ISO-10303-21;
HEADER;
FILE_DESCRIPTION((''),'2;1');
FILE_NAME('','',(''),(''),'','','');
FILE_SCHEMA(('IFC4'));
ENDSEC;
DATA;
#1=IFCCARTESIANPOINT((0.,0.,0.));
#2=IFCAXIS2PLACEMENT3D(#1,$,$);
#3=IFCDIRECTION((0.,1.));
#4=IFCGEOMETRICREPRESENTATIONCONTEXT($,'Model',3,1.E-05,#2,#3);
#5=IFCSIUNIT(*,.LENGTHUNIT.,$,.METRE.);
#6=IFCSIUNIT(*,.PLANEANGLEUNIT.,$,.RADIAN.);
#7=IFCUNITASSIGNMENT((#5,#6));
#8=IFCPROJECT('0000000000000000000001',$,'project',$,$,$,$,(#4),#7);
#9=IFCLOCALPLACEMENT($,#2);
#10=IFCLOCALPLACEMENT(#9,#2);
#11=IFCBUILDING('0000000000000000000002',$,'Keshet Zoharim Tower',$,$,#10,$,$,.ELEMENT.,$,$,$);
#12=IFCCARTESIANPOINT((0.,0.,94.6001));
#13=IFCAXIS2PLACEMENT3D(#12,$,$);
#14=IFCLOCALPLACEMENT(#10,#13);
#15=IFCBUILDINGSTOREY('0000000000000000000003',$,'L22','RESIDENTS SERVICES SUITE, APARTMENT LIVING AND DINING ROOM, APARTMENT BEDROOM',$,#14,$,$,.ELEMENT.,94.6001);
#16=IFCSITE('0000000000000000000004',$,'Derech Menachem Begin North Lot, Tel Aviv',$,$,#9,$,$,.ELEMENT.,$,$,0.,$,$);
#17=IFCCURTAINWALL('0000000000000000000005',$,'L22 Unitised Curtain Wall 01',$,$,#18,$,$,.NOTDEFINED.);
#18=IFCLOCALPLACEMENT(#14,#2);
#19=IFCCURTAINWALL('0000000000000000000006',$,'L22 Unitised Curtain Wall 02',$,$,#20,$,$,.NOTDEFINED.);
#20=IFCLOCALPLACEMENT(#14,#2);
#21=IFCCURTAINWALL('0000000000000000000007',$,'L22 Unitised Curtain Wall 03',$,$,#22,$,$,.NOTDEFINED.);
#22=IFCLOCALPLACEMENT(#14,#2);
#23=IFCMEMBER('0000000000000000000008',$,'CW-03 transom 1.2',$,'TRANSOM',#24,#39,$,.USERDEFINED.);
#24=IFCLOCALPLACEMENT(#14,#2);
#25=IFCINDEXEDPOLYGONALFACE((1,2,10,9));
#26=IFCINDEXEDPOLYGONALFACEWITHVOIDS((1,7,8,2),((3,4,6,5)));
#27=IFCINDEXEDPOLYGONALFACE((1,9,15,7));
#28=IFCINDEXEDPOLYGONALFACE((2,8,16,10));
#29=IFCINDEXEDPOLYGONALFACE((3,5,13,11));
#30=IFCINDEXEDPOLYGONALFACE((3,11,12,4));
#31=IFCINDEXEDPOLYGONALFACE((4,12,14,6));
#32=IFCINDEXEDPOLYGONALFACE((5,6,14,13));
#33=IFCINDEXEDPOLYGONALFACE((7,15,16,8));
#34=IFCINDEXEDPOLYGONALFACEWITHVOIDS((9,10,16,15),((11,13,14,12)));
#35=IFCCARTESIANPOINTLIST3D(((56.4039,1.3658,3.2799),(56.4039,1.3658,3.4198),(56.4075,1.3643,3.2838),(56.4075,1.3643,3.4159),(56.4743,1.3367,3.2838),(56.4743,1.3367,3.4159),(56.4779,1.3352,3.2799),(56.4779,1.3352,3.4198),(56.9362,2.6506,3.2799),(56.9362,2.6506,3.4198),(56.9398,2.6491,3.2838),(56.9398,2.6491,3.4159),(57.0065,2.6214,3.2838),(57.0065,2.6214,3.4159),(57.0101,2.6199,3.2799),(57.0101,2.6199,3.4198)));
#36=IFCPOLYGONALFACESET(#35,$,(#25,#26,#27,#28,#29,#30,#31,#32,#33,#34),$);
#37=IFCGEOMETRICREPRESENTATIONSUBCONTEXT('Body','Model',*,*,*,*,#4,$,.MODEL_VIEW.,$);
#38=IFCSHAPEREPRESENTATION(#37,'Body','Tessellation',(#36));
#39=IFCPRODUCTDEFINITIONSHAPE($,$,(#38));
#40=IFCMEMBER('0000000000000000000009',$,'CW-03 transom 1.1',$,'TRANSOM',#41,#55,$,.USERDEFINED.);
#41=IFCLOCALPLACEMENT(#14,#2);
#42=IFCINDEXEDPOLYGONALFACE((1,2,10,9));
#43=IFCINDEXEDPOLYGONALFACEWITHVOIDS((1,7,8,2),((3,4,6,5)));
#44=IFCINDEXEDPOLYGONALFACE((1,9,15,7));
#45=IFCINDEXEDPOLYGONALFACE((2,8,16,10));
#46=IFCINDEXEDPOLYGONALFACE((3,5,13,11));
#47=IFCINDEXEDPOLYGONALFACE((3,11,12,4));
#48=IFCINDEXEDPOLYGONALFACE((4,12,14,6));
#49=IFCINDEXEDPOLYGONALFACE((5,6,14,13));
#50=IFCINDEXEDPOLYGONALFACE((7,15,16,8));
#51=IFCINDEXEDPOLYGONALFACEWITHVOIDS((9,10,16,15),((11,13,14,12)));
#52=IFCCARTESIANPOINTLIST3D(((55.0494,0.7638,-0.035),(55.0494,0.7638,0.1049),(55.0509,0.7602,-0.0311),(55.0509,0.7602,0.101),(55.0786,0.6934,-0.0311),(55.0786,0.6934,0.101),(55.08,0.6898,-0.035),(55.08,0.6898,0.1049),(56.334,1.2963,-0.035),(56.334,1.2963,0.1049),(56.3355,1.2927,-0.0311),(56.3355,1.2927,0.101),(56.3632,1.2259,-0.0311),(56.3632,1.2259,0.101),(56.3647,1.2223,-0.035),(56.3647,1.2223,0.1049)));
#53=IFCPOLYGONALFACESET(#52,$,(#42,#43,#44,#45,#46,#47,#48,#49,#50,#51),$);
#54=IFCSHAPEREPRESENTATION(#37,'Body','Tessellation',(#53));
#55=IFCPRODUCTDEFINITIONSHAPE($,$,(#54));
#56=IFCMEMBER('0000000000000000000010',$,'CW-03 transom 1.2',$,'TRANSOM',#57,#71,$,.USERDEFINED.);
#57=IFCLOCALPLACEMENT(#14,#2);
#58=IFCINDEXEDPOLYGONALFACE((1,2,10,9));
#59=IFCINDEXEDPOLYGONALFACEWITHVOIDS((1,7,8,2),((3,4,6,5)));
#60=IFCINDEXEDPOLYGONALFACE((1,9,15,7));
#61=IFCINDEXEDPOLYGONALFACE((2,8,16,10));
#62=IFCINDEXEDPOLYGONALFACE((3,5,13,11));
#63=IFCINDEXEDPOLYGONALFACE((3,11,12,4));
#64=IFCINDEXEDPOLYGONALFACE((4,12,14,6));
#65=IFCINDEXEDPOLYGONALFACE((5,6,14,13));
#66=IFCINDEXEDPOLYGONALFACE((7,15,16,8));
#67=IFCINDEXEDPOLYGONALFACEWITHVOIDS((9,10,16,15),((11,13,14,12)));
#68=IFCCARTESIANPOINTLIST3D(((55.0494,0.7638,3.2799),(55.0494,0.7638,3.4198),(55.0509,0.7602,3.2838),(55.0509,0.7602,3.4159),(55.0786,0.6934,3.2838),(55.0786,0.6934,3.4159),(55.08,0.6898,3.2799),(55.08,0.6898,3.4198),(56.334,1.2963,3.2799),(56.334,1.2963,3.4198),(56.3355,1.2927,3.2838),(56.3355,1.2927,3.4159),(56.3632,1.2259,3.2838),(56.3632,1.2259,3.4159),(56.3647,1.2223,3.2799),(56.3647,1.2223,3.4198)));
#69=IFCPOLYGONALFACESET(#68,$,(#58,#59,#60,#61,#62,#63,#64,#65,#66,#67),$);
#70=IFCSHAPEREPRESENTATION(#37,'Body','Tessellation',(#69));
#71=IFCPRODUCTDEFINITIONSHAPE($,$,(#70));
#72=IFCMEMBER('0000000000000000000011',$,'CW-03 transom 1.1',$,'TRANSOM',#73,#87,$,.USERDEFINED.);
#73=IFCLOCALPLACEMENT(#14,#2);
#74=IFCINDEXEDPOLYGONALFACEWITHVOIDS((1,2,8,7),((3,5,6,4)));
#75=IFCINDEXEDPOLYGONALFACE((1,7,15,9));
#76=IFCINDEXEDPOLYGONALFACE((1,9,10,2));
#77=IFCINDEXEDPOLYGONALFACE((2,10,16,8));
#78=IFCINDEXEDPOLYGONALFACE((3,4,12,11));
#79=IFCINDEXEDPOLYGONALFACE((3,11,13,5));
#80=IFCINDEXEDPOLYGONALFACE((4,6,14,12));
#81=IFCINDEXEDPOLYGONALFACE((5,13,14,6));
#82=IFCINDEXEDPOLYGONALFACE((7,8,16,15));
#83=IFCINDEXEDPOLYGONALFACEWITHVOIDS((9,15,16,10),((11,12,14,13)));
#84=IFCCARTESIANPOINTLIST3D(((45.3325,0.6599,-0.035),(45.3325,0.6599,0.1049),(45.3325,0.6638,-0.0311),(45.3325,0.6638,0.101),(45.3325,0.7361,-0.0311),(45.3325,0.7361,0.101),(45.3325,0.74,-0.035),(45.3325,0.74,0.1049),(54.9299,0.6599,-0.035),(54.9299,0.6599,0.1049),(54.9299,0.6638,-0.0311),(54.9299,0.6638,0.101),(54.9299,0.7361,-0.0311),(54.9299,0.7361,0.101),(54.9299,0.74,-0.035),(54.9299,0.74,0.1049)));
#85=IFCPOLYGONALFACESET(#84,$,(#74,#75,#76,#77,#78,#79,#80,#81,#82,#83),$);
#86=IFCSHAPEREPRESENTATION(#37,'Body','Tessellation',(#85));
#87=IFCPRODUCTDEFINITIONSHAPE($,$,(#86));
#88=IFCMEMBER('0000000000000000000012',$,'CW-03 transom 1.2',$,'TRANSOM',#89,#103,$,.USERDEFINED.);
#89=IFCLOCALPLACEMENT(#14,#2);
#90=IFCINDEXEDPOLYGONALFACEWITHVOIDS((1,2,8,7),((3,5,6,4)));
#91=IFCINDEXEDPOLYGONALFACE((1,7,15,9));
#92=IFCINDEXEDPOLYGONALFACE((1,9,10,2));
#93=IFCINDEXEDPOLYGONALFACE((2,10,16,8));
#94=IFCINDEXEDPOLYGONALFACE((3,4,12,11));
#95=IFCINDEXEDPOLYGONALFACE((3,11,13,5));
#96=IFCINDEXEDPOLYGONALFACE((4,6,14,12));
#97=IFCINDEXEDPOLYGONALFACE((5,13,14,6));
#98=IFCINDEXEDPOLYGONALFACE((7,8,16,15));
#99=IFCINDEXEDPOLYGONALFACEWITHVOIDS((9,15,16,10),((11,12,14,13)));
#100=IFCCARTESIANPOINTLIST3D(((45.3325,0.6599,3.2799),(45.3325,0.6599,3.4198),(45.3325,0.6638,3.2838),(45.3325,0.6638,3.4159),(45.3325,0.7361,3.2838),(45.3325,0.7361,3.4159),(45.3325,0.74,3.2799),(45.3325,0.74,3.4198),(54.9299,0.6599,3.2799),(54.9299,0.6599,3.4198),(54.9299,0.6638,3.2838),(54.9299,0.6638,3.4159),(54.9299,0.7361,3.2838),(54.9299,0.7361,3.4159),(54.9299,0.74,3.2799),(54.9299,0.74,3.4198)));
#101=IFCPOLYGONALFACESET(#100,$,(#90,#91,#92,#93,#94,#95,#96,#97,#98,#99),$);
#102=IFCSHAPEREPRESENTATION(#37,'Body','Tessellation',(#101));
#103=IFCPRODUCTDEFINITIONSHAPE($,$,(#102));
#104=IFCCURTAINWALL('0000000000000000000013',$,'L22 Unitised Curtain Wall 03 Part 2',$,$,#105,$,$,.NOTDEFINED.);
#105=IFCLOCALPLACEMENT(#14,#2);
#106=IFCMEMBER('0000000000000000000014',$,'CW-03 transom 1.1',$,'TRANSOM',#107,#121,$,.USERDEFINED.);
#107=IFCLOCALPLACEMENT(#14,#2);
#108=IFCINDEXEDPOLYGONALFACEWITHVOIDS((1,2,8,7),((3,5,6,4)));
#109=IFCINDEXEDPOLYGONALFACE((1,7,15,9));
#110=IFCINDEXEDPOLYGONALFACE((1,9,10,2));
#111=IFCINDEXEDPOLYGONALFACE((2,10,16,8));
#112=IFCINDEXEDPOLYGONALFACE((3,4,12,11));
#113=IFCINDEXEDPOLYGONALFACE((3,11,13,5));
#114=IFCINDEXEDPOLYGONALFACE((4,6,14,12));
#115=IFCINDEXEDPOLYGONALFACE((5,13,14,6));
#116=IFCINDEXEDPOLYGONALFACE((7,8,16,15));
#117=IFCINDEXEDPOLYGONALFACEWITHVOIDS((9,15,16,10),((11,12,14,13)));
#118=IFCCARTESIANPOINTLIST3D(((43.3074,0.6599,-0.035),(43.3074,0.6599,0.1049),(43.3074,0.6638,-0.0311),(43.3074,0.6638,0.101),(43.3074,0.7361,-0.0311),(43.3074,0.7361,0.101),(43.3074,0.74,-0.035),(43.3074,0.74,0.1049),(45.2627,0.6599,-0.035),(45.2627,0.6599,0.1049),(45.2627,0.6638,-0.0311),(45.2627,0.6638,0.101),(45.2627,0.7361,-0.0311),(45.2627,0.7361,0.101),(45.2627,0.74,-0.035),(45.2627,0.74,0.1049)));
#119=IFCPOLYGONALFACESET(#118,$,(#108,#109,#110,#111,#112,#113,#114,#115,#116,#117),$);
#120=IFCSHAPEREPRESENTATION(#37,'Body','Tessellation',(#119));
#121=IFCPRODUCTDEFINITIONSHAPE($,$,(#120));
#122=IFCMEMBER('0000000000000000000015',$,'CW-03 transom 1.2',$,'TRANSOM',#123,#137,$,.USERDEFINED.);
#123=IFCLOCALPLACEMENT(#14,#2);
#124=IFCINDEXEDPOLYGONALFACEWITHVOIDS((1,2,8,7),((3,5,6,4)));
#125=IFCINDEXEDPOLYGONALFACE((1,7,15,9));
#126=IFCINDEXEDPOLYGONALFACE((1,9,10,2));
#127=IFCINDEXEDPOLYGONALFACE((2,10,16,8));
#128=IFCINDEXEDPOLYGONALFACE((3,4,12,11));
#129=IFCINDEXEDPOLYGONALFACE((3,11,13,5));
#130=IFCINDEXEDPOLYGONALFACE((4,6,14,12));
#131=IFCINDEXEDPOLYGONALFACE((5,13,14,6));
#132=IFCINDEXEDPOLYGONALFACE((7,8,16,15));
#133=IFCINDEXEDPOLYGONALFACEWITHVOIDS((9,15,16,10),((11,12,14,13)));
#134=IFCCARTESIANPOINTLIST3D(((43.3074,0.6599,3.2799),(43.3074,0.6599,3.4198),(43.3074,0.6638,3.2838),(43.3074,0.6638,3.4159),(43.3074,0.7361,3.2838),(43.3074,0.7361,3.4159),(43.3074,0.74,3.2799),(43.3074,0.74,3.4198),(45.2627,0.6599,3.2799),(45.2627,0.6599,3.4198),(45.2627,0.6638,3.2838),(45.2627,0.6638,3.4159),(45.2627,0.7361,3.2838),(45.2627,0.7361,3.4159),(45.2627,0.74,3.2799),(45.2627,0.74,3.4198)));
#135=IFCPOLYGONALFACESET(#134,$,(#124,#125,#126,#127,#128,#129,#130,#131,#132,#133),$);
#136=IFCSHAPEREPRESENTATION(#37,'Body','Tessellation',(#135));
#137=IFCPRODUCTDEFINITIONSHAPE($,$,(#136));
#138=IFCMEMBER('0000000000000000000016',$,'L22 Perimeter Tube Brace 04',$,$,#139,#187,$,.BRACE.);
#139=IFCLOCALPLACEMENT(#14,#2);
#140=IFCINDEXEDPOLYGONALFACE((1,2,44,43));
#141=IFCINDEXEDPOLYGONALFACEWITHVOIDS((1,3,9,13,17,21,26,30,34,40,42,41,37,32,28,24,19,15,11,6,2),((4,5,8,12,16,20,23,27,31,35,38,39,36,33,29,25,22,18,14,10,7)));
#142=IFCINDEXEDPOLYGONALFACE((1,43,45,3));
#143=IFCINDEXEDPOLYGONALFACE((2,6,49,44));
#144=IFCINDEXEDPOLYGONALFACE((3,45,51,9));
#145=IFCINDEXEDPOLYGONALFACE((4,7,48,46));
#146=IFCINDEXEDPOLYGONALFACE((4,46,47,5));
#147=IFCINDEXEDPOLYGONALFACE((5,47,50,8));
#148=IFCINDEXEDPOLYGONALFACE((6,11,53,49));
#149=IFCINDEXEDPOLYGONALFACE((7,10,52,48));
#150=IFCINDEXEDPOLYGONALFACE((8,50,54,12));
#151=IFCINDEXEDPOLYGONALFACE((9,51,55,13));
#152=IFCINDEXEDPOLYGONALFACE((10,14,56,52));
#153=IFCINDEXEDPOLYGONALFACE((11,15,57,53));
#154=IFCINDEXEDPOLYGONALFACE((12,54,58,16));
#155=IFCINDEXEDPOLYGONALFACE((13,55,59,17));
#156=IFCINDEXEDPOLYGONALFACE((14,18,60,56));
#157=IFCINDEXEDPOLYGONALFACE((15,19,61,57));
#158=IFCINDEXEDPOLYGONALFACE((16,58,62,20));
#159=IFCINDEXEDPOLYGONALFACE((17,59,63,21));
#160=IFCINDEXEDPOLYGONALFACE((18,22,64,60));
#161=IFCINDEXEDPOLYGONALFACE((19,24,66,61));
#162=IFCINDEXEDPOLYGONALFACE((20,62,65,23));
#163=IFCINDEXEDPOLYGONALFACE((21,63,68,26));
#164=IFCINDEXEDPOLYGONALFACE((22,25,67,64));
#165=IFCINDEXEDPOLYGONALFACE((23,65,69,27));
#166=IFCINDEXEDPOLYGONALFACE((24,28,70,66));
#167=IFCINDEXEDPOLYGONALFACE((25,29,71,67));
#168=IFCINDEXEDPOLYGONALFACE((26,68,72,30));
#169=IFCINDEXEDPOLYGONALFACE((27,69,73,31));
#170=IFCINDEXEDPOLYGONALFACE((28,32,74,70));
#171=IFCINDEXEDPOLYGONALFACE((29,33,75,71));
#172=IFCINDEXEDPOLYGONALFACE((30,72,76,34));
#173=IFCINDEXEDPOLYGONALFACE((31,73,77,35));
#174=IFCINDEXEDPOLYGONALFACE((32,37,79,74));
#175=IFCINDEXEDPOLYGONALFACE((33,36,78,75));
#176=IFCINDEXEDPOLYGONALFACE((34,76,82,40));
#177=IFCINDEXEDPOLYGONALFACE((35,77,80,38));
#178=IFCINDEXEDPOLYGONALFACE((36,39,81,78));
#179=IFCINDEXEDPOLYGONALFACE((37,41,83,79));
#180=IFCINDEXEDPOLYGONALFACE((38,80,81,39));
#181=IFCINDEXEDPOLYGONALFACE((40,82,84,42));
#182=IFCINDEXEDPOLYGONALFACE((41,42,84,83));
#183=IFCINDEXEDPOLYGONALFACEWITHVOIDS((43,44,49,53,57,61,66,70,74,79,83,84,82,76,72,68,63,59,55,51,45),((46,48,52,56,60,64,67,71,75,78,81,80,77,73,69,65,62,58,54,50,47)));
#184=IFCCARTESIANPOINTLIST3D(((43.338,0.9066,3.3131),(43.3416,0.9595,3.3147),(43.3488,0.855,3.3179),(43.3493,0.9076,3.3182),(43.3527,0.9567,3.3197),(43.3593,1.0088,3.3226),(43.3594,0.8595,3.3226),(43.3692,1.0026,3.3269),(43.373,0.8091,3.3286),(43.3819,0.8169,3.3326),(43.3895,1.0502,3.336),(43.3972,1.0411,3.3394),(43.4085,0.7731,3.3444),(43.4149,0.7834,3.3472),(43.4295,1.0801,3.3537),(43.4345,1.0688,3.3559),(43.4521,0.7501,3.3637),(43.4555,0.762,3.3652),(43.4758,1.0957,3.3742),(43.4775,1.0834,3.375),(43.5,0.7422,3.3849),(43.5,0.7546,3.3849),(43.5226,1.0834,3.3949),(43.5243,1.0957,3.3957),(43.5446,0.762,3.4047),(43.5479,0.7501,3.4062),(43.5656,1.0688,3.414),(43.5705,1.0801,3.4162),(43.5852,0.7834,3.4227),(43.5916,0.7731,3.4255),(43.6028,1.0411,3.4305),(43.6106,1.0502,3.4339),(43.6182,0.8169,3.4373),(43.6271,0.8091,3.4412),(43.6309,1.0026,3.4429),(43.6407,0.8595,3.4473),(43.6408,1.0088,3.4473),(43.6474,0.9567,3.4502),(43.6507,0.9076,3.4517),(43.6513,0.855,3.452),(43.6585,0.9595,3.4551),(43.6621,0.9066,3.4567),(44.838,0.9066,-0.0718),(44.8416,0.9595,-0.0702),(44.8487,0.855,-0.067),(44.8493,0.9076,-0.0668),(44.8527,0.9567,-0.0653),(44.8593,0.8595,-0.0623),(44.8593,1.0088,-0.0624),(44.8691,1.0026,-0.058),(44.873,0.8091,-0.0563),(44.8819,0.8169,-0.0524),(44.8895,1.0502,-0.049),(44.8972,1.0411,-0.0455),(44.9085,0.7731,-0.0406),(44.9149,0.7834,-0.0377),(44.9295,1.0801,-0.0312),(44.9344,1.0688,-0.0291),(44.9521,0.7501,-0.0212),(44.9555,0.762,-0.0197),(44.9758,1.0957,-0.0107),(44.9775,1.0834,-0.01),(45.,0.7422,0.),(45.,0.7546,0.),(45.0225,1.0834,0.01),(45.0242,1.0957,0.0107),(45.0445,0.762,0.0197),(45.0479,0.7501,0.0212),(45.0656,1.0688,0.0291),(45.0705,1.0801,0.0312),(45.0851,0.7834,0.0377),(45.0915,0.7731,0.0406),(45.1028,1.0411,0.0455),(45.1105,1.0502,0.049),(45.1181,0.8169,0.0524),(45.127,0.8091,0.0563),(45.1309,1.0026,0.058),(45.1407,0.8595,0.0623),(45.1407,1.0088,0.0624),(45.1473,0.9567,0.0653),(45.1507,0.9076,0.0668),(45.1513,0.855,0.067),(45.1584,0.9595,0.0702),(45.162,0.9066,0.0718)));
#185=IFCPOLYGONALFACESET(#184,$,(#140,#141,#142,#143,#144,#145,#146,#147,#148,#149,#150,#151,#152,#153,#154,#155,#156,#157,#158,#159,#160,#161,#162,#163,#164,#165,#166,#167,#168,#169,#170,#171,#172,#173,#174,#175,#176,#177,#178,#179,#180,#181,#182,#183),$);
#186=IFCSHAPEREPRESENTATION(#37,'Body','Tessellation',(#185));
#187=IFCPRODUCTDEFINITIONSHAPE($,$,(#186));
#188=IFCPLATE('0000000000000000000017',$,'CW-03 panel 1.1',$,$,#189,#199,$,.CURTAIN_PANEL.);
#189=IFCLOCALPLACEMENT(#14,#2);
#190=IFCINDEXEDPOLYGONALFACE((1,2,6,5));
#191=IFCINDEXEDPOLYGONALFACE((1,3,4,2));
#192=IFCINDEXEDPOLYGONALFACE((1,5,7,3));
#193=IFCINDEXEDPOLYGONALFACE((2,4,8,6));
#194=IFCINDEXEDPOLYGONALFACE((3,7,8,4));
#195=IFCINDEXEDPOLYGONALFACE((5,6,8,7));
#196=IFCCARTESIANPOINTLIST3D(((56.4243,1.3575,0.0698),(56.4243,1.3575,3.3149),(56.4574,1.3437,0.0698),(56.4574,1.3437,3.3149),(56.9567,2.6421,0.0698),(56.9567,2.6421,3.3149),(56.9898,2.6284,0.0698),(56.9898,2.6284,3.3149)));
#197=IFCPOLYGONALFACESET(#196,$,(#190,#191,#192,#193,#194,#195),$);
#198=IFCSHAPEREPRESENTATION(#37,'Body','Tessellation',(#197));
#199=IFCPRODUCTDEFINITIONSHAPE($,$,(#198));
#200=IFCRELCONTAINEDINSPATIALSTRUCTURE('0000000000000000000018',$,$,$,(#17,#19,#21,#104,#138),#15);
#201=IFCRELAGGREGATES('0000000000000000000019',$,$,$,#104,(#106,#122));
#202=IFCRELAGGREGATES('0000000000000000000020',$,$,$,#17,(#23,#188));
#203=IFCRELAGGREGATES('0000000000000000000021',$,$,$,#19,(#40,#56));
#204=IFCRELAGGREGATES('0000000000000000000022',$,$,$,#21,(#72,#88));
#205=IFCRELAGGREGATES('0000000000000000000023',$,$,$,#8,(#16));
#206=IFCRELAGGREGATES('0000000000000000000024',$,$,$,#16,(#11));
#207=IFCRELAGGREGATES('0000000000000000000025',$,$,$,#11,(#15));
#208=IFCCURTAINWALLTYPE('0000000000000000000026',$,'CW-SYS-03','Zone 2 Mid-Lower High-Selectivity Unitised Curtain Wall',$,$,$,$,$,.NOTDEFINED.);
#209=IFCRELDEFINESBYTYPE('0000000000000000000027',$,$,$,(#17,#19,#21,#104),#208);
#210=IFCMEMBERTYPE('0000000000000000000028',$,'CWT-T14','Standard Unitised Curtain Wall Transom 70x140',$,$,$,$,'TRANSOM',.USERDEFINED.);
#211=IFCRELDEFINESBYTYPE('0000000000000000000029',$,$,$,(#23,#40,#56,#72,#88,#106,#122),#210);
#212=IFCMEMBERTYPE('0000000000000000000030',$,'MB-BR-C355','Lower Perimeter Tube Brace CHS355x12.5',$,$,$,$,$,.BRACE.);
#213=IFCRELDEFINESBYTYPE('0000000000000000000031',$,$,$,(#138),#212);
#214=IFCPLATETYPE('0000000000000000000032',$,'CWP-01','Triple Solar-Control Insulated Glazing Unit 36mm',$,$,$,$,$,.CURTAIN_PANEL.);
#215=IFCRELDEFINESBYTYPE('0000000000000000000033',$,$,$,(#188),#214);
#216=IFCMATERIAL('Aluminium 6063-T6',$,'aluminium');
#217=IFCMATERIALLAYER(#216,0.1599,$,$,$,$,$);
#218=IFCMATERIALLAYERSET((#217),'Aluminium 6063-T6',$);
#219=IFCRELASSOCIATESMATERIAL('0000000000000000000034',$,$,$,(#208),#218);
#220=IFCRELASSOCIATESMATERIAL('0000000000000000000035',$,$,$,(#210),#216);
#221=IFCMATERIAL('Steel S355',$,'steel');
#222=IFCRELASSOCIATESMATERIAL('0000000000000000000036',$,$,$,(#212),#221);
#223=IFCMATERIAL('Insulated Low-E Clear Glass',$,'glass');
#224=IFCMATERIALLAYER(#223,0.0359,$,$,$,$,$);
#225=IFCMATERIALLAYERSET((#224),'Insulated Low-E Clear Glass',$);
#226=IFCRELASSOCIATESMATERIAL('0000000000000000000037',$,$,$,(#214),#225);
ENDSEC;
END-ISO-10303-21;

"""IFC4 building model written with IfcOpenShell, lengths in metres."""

from ifc_helpers import new_model, si_unit, direction, frame, origin, origin_2d, place, context, subcontext, project, spatial, rectangle, hollow_rectangle, hollow_circle, extrude, material, layer, layer_set, material_profile, profile_set, type_object, element, aggregate, save


model = new_model("IFC4")

# Units and contexts
model_context = context("Model", 3, precision=1e-05, world=origin(), true_north=direction((0.0, 1.0)))
body_context = subcontext(model_context, "Body", "Model", "MODEL_VIEW")
ifc_project = project(units=[si_unit("LENGTHUNIT", "METRE"), si_unit("PLANEANGLEUNIT", "RADIAN")], contexts=[model_context])

# Site, building, storey
site_placement = place(None, origin())
site = spatial("IfcSite", under=ifc_project, at=site_placement, Name="Derech Menachem Begin North Lot, Tel Aviv", CompositionType="ELEMENT", RefElevation=0.0)
building_placement = place(site_placement, origin())
building = spatial("IfcBuilding", under=site, at=building_placement, Name="Keshet Zoharim Tower", CompositionType="ELEMENT")
storey_placement = place(building_placement, frame((0.0, 0.0, 94.6001)))
storey = spatial("IfcBuildingStorey", under=building, at=storey_placement, Name="L22", Description="RESIDENTS SERVICES SUITE, APARTMENT LIVING AND DINING ROOM, APARTMENT BEDROOM", CompositionType="ELEMENT", Elevation=94.6001)

# Shared definitions
ifc_material_1 = material(Name="Steel S355", Category="steel")

# Curtain walls
ifc_material_2 = material(Name="Aluminium 6063-T6", Category="aluminium")
ifc_layer_1 = layer(ifc_material_2, 0.1599)
ifc_layer_set_1 = layer_set([ifc_layer_1], Name="Aluminium 6063-T6")
curtain_wall_type = type_object("IfcCurtainWallType", Name="CW-SYS-03", Description="Zone 2 Mid-Lower High-Selectivity Unitised Curtain Wall", PredefinedType="NOTDEFINED", material=ifc_layer_set_1)
curtain_wall_1_placement = place(storey_placement, origin())
curtain_wall_1 = element("IfcCurtainWall", 1, at=curtain_wall_1_placement, inside=storey, type_object=curtain_wall_type, Name="L22 Unitised Curtain Wall 01", PredefinedType="NOTDEFINED")
curtain_wall_2_placement = place(storey_placement, origin())
curtain_wall_2 = element("IfcCurtainWall", 2, at=curtain_wall_2_placement, inside=storey, type_object=curtain_wall_type, Name="L22 Unitised Curtain Wall 02", PredefinedType="NOTDEFINED")
curtain_wall_3_placement = place(storey_placement, origin())
curtain_wall_3 = element("IfcCurtainWall", 3, at=curtain_wall_3_placement, inside=storey, type_object=curtain_wall_type, Name="L22 Unitised Curtain Wall 03", PredefinedType="NOTDEFINED")

# Members
ifc_material_profile_1 = material_profile(ifc_material_2, hollow_rectangle(XDim=0.0801, YDim=0.1399, WallThickness=0.0039, at=origin_2d()), Name="TRN-80x140")
ifc_profile_set_1 = profile_set([ifc_material_profile_1], Name="Aluminium 6063-T6")
member_type_1 = type_object("IfcMemberType", Name="CWT-T14", Description="Standard Unitised Curtain Wall Transom 70x140", ElementType="TRANSOM", PredefinedType="USERDEFINED", material=ifc_profile_set_1)
member_1_placement = place(storey_placement, frame((56.9731, 2.6353, 3.3499), z_axis=(-0.382745, -0.923854, 0.0), x_axis=(0.923854, -0.382745, 0.0)))
member_1 = element("IfcMember", 4, at=member_1_placement, type_object=member_type_1, Name="CW-03 transom 1.2", ObjectType="TRANSOM", PredefinedType="USERDEFINED", context=body_context, shape_type="SweptSolid", body=[
    extrude(hollow_rectangle(XDim=0.0801, YDim=0.1399, WallThickness=0.0039, at=origin_2d()), origin(), (0.0, 0.0, 1.0), 1.3906),
])
member_2_placement = place(storey_placement, frame((56.3494, 1.2593, 0.0349), z_axis=(-0.923792, -0.382894, 0.0), x_axis=(0.382894, -0.923792, 0.0)))
member_2 = element("IfcMember", 5, at=member_2_placement, type_object=member_type_1, Name="CW-03 transom 1.1", ObjectType="TRANSOM", PredefinedType="USERDEFINED", context=body_context, shape_type="SweptSolid", body=[
    extrude(hollow_rectangle(XDim=0.0801, YDim=0.1399, WallThickness=0.0039, at=origin_2d()), origin(), (0.0, 0.0, 1.0), 1.3906),
])
member_3_placement = place(storey_placement, frame((56.3494, 1.2593, 3.3499), z_axis=(-0.923792, -0.382894, 0.0), x_axis=(0.382894, -0.923792, 0.0)))
member_3 = element("IfcMember", 6, at=member_3_placement, type_object=member_type_1, Name="CW-03 transom 1.2", ObjectType="TRANSOM", PredefinedType="USERDEFINED", context=body_context, shape_type="SweptSolid", body=[
    extrude(hollow_rectangle(XDim=0.0801, YDim=0.1399, WallThickness=0.0039, at=origin_2d()), origin(), (0.0, 0.0, 1.0), 1.3906),
])
member_4_placement = place(storey_placement, frame((54.9299, 0.7, 0.0349), z_axis=(-1.0, 0.0, 0.0), x_axis=(0.0, -1.0, 0.0)))
member_4 = element("IfcMember", 7, at=member_4_placement, type_object=member_type_1, Name="CW-03 transom 1.1", ObjectType="TRANSOM", PredefinedType="USERDEFINED", context=body_context, shape_type="SweptSolid", body=[
    extrude(hollow_rectangle(XDim=0.0801, YDim=0.1399, WallThickness=0.0039, at=origin_2d()), origin(), (0.0, 0.0, 1.0), 9.5974),
])
member_5_placement = place(storey_placement, frame((54.9299, 0.7, 3.3499), z_axis=(-1.0, 0.0, 0.0), x_axis=(0.0, -1.0, 0.0)))
member_5 = element("IfcMember", 8, at=member_5_placement, type_object=member_type_1, Name="CW-03 transom 1.2", ObjectType="TRANSOM", PredefinedType="USERDEFINED", context=body_context, shape_type="SweptSolid", body=[
    extrude(hollow_rectangle(XDim=0.0801, YDim=0.1399, WallThickness=0.0039, at=origin_2d()), origin(), (0.0, 0.0, 1.0), 9.5974),
])

# Curtain wall, members
curtain_wall_4_placement = place(storey_placement, origin())
curtain_wall_4 = element("IfcCurtainWall", 9, at=curtain_wall_4_placement, inside=storey, type_object=curtain_wall_type, Name="L22 Unitised Curtain Wall 03 Part 2", PredefinedType="NOTDEFINED")
member_6_placement = place(storey_placement, frame((45.2627, 0.7, 0.0349), z_axis=(-1.0, 0.0, 0.0), x_axis=(0.0, -1.0, 0.0)))
member_6 = element("IfcMember", 10, at=member_6_placement, type_object=member_type_1, Name="CW-03 transom 1.1", ObjectType="TRANSOM", PredefinedType="USERDEFINED", context=body_context, shape_type="SweptSolid", body=[
    extrude(hollow_rectangle(XDim=0.0801, YDim=0.1399, WallThickness=0.0039, at=origin_2d()), origin(), (0.0, 0.0, 1.0), 1.9553),
])
member_7_placement = place(storey_placement, frame((45.2627, 0.7, 3.3499), z_axis=(-1.0, 0.0, 0.0), x_axis=(0.0, -1.0, 0.0)))
member_7 = element("IfcMember", 11, at=member_7_placement, type_object=member_type_1, Name="CW-03 transom 1.2", ObjectType="TRANSOM", PredefinedType="USERDEFINED", context=body_context, shape_type="SweptSolid", body=[
    extrude(hollow_rectangle(XDim=0.0801, YDim=0.1399, WallThickness=0.0039, at=origin_2d()), origin(), (0.0, 0.0, 1.0), 1.9553),
])
aggregate(curtain_wall_4, [member_6, member_7])

# Member
ifc_material_profile_2 = material_profile(ifc_material_1, hollow_circle(Radius=0.1777, WallThickness=0.0125, at=origin_2d()), Name="CHS355x12.5")
ifc_profile_set_2 = profile_set([ifc_material_profile_2], Name="Steel S355")
member_type_2 = type_object("IfcMemberType", Name="MB-BR-C355", Description="Lower Perimeter Tube Brace CHS355x12.5", PredefinedType="BRACE", material=ifc_profile_set_2)
member_8_placement = place(storey_placement, frame((45.0, 0.9199, 0.0), z_axis=(-0.405135, 0.0, 0.914257), x_axis=(0.0, -1.0, 0.0)))
element("IfcMember", 12, at=member_8_placement, inside=storey, type_object=member_type_2, Name="L22 Perimeter Tube Brace 04", PredefinedType="BRACE", context=body_context, shape_type="SweptSolid", body=[
    extrude(hollow_circle(Radius=0.1777, WallThickness=0.0125, at=origin_2d()), origin(), (0.0, 0.0, 1.0), 3.7024),
])

# Plate
ifc_material_3 = material(Name="Insulated Low-E Clear Glass", Category="glass")
ifc_layer_2 = layer(ifc_material_3, 0.0359)
ifc_layer_set_2 = layer_set([ifc_layer_2], Name="Insulated Low-E Clear Glass")
plate_type_1 = type_object("IfcPlateType", Name="CWP-01", Description="Triple Solar-Control Insulated Glazing Unit 36mm", PredefinedType="CURTAIN_PANEL", material=ifc_layer_set_2)
plate_1_placement = place(storey_placement, frame((56.707, 1.9929, 0.0698), z_axis=(0.0, 0.0, 1.0), x_axis=(-0.382852, -0.92381, 0.0)))
plate_1 = element("IfcPlate", 13, at=plate_1_placement, type_object=plate_type_1, Name="CW-03 panel 1.1", PredefinedType="CURTAIN_PANEL", context=body_context, shape_type="SweptSolid", body=[
    extrude(rectangle(XDim=1.3906, YDim=0.0359, at=origin_2d()), origin(), (0.0, 0.0, 1.0), 3.2451),
])
aggregate(curtain_wall_1, [member_1, plate_1])
aggregate(curtain_wall_2, [member_2, member_3])
aggregate(curtain_wall_3, [member_4, member_5])

save(model, "model.ifc")
